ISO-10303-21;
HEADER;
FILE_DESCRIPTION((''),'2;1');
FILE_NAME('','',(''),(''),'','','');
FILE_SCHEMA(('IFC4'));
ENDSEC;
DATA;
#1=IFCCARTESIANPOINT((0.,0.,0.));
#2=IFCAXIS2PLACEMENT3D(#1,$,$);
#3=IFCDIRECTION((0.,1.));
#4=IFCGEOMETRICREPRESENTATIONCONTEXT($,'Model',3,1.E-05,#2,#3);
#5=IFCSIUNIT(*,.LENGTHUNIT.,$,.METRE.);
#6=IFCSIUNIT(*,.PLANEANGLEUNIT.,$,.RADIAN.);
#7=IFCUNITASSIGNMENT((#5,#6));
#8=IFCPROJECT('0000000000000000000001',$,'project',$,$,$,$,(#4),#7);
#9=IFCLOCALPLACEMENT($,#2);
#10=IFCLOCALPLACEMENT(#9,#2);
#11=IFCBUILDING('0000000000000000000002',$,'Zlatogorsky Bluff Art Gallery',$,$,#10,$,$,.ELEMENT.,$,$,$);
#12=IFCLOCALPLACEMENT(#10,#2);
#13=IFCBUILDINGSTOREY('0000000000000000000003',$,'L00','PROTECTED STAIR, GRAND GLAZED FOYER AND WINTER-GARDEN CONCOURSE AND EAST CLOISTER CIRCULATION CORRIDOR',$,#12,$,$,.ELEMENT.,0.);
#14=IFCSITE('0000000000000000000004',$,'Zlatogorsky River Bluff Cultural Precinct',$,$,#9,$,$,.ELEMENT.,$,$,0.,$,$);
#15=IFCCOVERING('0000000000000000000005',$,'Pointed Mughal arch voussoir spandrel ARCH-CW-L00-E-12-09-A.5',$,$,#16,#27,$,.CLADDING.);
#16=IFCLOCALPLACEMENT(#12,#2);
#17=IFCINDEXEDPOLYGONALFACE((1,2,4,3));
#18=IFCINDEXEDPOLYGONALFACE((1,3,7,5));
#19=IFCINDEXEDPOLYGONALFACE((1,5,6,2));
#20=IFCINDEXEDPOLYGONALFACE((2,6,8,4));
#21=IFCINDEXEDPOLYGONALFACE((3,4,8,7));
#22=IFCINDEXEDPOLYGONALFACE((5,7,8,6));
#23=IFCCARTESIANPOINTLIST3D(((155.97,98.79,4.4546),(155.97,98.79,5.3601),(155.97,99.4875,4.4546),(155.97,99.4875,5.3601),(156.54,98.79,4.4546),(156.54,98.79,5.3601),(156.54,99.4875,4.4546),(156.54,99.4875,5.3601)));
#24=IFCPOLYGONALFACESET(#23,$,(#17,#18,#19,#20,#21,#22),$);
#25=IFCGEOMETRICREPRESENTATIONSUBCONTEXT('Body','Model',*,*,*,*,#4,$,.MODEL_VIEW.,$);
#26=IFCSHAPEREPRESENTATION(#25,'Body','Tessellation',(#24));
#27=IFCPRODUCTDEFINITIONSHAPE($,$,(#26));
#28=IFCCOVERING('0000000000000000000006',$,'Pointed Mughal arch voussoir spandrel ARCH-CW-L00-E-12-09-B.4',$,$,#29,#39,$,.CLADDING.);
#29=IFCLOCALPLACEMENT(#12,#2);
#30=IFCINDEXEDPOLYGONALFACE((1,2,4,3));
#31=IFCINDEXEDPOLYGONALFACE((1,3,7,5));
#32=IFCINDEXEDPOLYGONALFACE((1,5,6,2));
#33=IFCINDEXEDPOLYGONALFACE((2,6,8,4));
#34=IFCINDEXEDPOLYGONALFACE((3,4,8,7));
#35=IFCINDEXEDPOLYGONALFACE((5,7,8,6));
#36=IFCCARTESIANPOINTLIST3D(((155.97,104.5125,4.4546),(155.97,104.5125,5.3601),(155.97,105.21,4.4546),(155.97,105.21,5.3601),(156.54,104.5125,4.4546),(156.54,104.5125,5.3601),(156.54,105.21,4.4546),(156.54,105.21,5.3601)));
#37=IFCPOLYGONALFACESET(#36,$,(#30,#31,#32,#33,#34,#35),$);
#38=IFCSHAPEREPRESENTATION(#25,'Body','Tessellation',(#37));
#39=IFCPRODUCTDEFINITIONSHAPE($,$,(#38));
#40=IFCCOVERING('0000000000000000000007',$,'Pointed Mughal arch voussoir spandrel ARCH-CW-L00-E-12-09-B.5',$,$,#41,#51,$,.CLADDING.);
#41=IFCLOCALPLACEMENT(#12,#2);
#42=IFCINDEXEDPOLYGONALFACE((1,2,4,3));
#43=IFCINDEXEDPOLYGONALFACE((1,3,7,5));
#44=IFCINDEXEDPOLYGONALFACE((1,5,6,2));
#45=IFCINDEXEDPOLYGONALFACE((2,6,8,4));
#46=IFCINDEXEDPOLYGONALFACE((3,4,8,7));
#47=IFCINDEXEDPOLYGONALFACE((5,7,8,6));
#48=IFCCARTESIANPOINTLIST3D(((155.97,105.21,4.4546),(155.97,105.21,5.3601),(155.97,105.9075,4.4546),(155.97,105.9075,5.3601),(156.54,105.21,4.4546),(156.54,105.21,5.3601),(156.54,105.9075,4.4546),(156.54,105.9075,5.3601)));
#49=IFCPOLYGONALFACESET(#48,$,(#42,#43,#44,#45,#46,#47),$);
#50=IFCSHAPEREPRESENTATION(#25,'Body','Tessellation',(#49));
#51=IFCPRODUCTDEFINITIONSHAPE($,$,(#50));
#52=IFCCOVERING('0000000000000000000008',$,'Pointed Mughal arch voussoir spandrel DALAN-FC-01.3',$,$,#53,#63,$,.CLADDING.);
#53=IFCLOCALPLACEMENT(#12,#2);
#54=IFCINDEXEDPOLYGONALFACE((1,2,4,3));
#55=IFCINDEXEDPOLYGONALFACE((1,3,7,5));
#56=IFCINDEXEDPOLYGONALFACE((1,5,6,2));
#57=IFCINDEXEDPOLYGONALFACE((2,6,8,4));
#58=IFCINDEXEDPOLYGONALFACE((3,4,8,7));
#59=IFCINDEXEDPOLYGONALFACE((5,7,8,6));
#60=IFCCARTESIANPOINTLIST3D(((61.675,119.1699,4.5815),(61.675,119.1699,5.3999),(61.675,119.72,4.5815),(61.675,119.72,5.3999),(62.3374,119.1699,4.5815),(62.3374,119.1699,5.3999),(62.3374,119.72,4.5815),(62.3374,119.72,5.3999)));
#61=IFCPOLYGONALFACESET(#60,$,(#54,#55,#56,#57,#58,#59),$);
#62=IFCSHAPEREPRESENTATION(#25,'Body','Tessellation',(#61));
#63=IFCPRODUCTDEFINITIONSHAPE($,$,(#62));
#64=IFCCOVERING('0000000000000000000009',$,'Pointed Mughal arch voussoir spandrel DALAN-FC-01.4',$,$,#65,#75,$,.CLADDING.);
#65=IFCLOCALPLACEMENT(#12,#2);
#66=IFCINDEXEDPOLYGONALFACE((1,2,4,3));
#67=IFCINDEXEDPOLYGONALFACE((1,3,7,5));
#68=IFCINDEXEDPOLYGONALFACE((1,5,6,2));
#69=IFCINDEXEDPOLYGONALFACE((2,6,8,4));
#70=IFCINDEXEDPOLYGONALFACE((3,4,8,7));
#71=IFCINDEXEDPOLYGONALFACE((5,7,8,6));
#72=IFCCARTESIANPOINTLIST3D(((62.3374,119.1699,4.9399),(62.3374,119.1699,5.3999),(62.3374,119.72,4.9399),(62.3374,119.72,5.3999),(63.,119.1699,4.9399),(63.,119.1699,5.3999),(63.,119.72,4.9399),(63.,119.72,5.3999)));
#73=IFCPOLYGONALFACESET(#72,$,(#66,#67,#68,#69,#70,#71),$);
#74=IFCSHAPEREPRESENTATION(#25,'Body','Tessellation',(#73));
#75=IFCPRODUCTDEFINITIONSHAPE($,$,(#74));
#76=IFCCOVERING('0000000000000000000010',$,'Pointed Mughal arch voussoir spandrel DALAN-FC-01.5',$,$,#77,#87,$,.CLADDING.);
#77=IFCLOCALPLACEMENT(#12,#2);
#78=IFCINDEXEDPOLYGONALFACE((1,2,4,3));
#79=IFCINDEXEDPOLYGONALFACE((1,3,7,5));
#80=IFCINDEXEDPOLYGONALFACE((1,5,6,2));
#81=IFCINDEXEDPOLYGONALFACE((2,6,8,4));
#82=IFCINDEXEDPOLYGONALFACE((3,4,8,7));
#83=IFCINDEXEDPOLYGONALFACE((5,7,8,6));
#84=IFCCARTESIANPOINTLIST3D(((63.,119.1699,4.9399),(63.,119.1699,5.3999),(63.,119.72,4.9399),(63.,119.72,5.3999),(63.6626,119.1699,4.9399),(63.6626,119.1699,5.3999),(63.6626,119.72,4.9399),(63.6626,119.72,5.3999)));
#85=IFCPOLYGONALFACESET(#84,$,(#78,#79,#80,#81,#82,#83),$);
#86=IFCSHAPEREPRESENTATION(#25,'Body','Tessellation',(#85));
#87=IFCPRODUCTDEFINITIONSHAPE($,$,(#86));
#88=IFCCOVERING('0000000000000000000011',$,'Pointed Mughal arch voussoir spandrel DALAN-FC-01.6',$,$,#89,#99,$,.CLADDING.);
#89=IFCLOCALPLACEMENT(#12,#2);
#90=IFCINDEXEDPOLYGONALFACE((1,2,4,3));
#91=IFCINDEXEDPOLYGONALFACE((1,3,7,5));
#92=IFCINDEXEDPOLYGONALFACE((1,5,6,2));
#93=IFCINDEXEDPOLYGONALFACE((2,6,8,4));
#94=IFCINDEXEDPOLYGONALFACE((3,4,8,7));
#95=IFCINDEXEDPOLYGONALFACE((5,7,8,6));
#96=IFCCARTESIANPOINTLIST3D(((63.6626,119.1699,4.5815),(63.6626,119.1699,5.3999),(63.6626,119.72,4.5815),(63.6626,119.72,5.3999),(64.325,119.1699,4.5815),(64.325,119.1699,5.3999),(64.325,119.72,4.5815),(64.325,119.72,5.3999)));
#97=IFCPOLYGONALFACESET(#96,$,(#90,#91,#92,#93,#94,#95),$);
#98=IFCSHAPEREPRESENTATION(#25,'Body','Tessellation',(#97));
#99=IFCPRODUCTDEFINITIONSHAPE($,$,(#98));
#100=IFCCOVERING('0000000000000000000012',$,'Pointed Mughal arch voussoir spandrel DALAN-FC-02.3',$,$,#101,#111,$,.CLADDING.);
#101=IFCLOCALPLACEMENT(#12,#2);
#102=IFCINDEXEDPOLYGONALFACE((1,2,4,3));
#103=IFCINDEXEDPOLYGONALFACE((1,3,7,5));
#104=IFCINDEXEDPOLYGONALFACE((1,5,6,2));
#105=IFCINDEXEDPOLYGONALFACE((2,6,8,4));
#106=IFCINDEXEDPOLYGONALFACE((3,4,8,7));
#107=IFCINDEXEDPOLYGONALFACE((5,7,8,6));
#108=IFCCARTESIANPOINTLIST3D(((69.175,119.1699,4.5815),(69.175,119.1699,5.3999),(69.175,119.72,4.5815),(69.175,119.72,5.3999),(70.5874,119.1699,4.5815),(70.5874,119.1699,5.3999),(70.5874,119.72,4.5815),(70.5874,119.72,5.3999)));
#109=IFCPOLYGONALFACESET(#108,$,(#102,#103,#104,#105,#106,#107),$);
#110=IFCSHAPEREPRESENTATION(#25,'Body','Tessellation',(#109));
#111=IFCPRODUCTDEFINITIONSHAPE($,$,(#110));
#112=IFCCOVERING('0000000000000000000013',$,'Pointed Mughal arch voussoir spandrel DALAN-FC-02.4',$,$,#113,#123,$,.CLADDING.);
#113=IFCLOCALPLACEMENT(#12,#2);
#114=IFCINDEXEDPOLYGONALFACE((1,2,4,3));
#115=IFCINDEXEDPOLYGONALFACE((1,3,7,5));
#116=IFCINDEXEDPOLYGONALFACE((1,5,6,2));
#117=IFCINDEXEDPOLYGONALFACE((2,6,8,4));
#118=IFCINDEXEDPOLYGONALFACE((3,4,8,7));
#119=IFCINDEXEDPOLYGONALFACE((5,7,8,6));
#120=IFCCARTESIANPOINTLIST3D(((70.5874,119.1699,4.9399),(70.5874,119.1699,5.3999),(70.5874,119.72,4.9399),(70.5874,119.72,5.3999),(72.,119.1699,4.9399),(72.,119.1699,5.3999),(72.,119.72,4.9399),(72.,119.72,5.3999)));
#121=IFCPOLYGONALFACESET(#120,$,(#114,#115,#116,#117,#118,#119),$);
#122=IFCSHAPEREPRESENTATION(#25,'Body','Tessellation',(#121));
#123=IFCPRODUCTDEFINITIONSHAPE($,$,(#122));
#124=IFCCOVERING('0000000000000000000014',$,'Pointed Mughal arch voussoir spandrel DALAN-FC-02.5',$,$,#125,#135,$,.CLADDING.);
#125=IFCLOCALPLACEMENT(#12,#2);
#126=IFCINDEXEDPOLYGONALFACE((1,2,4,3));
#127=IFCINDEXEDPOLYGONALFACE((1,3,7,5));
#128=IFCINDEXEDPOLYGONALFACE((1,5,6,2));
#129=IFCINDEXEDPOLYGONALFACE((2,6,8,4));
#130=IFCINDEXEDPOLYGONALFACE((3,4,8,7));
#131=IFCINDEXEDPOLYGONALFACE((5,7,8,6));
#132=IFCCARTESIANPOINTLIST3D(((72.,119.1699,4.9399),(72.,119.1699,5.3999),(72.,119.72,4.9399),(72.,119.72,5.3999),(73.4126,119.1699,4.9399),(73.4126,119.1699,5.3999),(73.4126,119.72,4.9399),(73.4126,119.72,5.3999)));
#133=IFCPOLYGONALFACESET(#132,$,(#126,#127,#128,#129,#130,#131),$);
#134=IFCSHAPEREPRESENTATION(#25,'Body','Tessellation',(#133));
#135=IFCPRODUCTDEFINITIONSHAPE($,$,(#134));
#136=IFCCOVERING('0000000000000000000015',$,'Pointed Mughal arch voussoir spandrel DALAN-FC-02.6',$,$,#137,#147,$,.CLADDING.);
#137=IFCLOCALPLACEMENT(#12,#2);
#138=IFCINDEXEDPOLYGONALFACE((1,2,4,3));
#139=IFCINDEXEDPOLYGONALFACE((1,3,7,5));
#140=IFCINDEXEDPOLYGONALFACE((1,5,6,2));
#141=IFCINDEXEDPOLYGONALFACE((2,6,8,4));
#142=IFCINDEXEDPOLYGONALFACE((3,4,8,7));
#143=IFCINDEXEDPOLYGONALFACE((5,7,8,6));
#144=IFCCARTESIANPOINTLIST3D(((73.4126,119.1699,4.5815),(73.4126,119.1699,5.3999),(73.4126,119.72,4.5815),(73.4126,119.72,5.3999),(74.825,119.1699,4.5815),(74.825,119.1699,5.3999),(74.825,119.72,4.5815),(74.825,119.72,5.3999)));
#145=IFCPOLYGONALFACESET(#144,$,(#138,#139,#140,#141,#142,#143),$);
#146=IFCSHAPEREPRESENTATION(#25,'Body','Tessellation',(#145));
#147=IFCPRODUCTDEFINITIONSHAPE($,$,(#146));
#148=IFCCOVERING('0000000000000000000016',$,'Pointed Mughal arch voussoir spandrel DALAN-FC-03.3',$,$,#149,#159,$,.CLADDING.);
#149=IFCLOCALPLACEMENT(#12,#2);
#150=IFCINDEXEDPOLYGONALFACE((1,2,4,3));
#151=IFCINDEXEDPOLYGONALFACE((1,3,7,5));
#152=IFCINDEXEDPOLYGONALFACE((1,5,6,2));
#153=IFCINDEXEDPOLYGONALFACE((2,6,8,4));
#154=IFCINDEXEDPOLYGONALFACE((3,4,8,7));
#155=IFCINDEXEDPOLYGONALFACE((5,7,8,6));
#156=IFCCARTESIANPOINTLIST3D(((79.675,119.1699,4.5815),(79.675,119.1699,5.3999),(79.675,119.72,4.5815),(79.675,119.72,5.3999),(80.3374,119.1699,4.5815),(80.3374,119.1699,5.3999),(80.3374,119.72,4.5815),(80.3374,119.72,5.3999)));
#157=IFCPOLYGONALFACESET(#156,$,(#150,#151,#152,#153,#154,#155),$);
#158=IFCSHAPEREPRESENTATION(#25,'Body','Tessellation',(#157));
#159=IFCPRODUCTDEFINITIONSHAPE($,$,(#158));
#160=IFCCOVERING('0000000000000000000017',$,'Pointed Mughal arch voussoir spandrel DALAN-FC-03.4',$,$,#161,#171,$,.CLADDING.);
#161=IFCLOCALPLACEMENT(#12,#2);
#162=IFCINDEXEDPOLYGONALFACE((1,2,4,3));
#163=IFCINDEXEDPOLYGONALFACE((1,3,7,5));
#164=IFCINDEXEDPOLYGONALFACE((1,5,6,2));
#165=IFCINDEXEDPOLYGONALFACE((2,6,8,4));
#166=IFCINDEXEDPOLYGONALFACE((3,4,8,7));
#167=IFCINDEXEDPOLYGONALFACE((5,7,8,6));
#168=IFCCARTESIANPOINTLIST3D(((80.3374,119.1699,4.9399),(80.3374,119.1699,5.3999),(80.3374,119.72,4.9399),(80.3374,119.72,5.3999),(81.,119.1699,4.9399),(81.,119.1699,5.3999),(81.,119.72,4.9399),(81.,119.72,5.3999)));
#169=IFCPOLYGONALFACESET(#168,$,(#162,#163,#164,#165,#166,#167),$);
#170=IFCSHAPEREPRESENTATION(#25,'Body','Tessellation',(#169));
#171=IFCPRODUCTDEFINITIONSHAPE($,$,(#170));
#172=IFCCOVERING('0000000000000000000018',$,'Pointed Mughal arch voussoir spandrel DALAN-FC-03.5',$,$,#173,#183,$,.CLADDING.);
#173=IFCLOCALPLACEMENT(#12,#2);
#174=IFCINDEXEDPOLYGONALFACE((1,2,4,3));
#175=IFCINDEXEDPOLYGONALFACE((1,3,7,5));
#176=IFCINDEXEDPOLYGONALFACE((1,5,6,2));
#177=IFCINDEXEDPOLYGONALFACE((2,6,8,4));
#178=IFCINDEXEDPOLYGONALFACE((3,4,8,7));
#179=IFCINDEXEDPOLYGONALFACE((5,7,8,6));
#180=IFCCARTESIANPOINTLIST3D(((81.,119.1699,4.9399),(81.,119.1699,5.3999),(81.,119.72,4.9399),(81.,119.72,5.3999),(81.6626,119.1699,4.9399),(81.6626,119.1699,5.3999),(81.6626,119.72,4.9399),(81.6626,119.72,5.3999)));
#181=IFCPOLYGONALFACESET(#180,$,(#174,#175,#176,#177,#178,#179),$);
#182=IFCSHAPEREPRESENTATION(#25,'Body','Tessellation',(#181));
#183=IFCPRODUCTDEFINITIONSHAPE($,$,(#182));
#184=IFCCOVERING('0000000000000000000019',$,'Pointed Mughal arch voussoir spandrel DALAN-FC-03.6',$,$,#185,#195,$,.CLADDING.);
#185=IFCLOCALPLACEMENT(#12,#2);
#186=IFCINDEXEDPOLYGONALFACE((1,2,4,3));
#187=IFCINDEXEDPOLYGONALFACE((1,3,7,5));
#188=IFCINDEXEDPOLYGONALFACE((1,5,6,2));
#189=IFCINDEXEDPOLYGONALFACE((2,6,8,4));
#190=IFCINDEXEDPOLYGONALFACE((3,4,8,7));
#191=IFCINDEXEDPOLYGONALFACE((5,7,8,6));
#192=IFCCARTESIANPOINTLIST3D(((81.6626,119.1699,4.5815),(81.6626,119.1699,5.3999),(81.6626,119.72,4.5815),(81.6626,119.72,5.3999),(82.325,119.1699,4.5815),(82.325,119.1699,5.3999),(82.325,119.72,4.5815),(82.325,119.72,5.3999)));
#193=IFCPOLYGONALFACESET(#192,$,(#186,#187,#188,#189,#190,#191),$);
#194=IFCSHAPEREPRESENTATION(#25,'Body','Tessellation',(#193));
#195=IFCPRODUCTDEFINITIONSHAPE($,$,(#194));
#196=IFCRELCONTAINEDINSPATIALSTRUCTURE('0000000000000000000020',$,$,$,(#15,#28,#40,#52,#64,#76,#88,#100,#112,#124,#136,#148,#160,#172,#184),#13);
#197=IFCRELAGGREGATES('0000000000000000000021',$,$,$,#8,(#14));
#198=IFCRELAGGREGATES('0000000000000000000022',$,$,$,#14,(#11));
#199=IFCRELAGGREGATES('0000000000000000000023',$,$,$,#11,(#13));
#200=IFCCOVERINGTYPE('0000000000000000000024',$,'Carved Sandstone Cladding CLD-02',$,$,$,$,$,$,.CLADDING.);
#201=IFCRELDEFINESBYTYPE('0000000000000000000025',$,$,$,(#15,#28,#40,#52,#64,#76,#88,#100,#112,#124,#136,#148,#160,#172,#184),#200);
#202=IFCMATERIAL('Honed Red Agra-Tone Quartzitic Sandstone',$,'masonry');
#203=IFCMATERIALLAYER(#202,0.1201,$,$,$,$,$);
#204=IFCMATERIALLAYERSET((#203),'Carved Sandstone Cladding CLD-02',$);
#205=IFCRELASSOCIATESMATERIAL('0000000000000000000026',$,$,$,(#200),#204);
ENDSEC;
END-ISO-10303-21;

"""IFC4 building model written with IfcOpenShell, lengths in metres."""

from ifc_helpers import new_model, si_unit, direction, frame, origin, place, context, subcontext, project, spatial, polyline, outline, extrude, material, layer, layer_set, type_object, element, save


model = new_model("IFC4")

# Units and contexts
model_context = context("Model", 3, precision=1e-05, world=origin(), true_north=direction((0.0, 1.0)))
body_context = subcontext(model_context, "Body", "Model", "MODEL_VIEW")
ifc_project = project(units=[si_unit("LENGTHUNIT", "METRE"), si_unit("PLANEANGLEUNIT", "RADIAN")], contexts=[model_context])

# Site, building, storey
site_placement = place(None, origin())
site = spatial("IfcSite", under=ifc_project, at=site_placement, Name="Zlatogorsky River Bluff Cultural Precinct", CompositionType="ELEMENT", RefElevation=0.0)
building_placement = place(site_placement, origin())
building = spatial("IfcBuilding", under=site, at=building_placement, Name="Zlatogorsky Bluff Art Gallery", CompositionType="ELEMENT")
storey_placement = place(building_placement, origin())
storey = spatial("IfcBuildingStorey", under=building, at=storey_placement, Name="L00", Description="PROTECTED STAIR, GRAND GLAZED FOYER AND WINTER-GARDEN CONCOURSE AND EAST CLOISTER CIRCULATION CORRIDOR", CompositionType="ELEMENT", Elevation=0.0)

# Coverings
ifc_material = material(Name="Honed Red Agra-Tone Quartzitic Sandstone", Category="masonry")
ifc_layer = layer(ifc_material, 0.1201)
ifc_layer_set = layer_set([ifc_layer], Name="Carved Sandstone Cladding CLD-02")
covering_type = type_object("IfcCoveringType", Name="Carved Sandstone Cladding CLD-02", PredefinedType="CLADDING", material=ifc_layer_set)
covering_1_placement = place(storey_placement, frame((0.0, 0.0, 4.4546)))
element("IfcCovering", 1, at=covering_1_placement, inside=storey, type_object=covering_type, Name="Pointed Mughal arch voussoir spandrel ARCH-CW-L00-E-12-09-A.5", PredefinedType="CLADDING", context=body_context, shape_type="SweptSolid", body=[
    extrude(outline(polyline([(155.97, 98.79), (155.97, 99.4875), (156.54, 99.4875), (156.54, 98.79), (155.97, 98.79)])), origin(), (0.0, 0.0, 1.0), 0.9055),
])
covering_2_placement = place(storey_placement, frame((0.0, 0.0, 4.4546)))
element("IfcCovering", 2, at=covering_2_placement, inside=storey, type_object=covering_type, Name="Pointed Mughal arch voussoir spandrel ARCH-CW-L00-E-12-09-B.4", PredefinedType="CLADDING", context=body_context, shape_type="SweptSolid", body=[
    extrude(outline(polyline([(155.97, 104.5125), (155.97, 105.21), (156.54, 105.21), (156.54, 104.5125), (155.97, 104.5125)])), origin(), (0.0, 0.0, 1.0), 0.9055),
])
covering_3_placement = place(storey_placement, frame((0.0, 0.0, 4.4546)))
element("IfcCovering", 3, at=covering_3_placement, inside=storey, type_object=covering_type, Name="Pointed Mughal arch voussoir spandrel ARCH-CW-L00-E-12-09-B.5", PredefinedType="CLADDING", context=body_context, shape_type="SweptSolid", body=[
    extrude(outline(polyline([(155.97, 105.21), (155.97, 105.9075), (156.54, 105.9075), (156.54, 105.21), (155.97, 105.21)])), origin(), (0.0, 0.0, 1.0), 0.9055),
])
covering_4_placement = place(storey_placement, frame((0.0, 0.0, 4.5815)))
element("IfcCovering", 4, at=covering_4_placement, inside=storey, type_object=covering_type, Name="Pointed Mughal arch voussoir spandrel DALAN-FC-01.3", PredefinedType="CLADDING", context=body_context, shape_type="SweptSolid", body=[
    extrude(outline(polyline([(61.675, 119.1699), (62.3374, 119.1699), (62.3374, 119.72), (61.675, 119.72), (61.675, 119.1699)])), origin(), (0.0, 0.0, 1.0), 0.8184),
])
covering_5_placement = place(storey_placement, frame((0.0, 0.0, 4.9399)))
element("IfcCovering", 5, at=covering_5_placement, inside=storey, type_object=covering_type, Name="Pointed Mughal arch voussoir spandrel DALAN-FC-01.4", PredefinedType="CLADDING", context=body_context, shape_type="SweptSolid", body=[
    extrude(outline(polyline([(62.3374, 119.1699), (63.0, 119.1699), (63.0, 119.72), (62.3374, 119.72), (62.3374, 119.1699)])), origin(), (0.0, 0.0, 1.0), 0.46),
])
covering_6_placement = place(storey_placement, frame((0.0, 0.0, 4.9399)))
element("IfcCovering", 6, at=covering_6_placement, inside=storey, type_object=covering_type, Name="Pointed Mughal arch voussoir spandrel DALAN-FC-01.5", PredefinedType="CLADDING", context=body_context, shape_type="SweptSolid", body=[
    extrude(outline(polyline([(63.0, 119.1699), (63.6626, 119.1699), (63.6626, 119.72), (63.0, 119.72), (63.0, 119.1699)])), origin(), (0.0, 0.0, 1.0), 0.46),
])
covering_7_placement = place(storey_placement, frame((0.0, 0.0, 4.5815)))
element("IfcCovering", 7, at=covering_7_placement, inside=storey, type_object=covering_type, Name="Pointed Mughal arch voussoir spandrel DALAN-FC-01.6", PredefinedType="CLADDING", context=body_context, shape_type="SweptSolid", body=[
    extrude(outline(polyline([(63.6626, 119.1699), (64.325, 119.1699), (64.325, 119.72), (63.6626, 119.72), (63.6626, 119.1699)])), origin(), (0.0, 0.0, 1.0), 0.8184),
])
covering_8_placement = place(storey_placement, frame((0.0, 0.0, 4.5815)))
element("IfcCovering", 8, at=covering_8_placement, inside=storey, type_object=covering_type, Name="Pointed Mughal arch voussoir spandrel DALAN-FC-02.3", PredefinedType="CLADDING", context=body_context, shape_type="SweptSolid", body=[
    extrude(outline(polyline([(69.175, 119.1699), (70.5874, 119.1699), (70.5874, 119.72), (69.175, 119.72), (69.175, 119.1699)])), origin(), (0.0, 0.0, 1.0), 0.8184),
])
covering_9_placement = place(storey_placement, frame((0.0, 0.0, 4.9399)))
element("IfcCovering", 9, at=covering_9_placement, inside=storey, type_object=covering_type, Name="Pointed Mughal arch voussoir spandrel DALAN-FC-02.4", PredefinedType="CLADDING", context=body_context, shape_type="SweptSolid", body=[
    extrude(outline(polyline([(70.5874, 119.1699), (72.0, 119.1699), (72.0, 119.72), (70.5874, 119.72), (70.5874, 119.1699)])), origin(), (0.0, 0.0, 1.0), 0.46),
])
covering_10_placement = place(storey_placement, frame((0.0, 0.0, 4.9399)))
element("IfcCovering", 10, at=covering_10_placement, inside=storey, type_object=covering_type, Name="Pointed Mughal arch voussoir spandrel DALAN-FC-02.5", PredefinedType="CLADDING", context=body_context, shape_type="SweptSolid", body=[
    extrude(outline(polyline([(72.0, 119.1699), (73.4126, 119.1699), (73.4126, 119.72), (72.0, 119.72), (72.0, 119.1699)])), origin(), (0.0, 0.0, 1.0), 0.46),
])
covering_11_placement = place(storey_placement, frame((0.0, 0.0, 4.5815)))
element("IfcCovering", 11, at=covering_11_placement, inside=storey, type_object=covering_type, Name="Pointed Mughal arch voussoir spandrel DALAN-FC-02.6", PredefinedType="CLADDING", context=body_context, shape_type="SweptSolid", body=[
    extrude(outline(polyline([(73.4126, 119.1699), (74.825, 119.1699), (74.825, 119.72), (73.4126, 119.72), (73.4126, 119.1699)])), origin(), (0.0, 0.0, 1.0), 0.8184),
])
covering_12_placement = place(storey_placement, frame((0.0, 0.0, 4.5815)))
element("IfcCovering", 12, at=covering_12_placement, inside=storey, type_object=covering_type, Name="Pointed Mughal arch voussoir spandrel DALAN-FC-03.3", PredefinedType="CLADDING", context=body_context, shape_type="SweptSolid", body=[
    extrude(outline(polyline([(79.675, 119.1699), (80.3374, 119.1699), (80.3374, 119.72), (79.675, 119.72), (79.675, 119.1699)])), origin(), (0.0, 0.0, 1.0), 0.8184),
])
covering_13_placement = place(storey_placement, frame((0.0, 0.0, 4.9399)))
element("IfcCovering", 13, at=covering_13_placement, inside=storey, type_object=covering_type, Name="Pointed Mughal arch voussoir spandrel DALAN-FC-03.4", PredefinedType="CLADDING", context=body_context, shape_type="SweptSolid", body=[
    extrude(outline(polyline([(80.3374, 119.1699), (81.0, 119.1699), (81.0, 119.72), (80.3374, 119.72), (80.3374, 119.1699)])), origin(), (0.0, 0.0, 1.0), 0.46),
])
covering_14_placement = place(storey_placement, frame((0.0, 0.0, 4.9399)))
element("IfcCovering", 14, at=covering_14_placement, inside=storey, type_object=covering_type, Name="Pointed Mughal arch voussoir spandrel DALAN-FC-03.5", PredefinedType="CLADDING", context=body_context, shape_type="SweptSolid", body=[
    extrude(outline(polyline([(81.0, 119.1699), (81.6626, 119.1699), (81.6626, 119.72), (81.0, 119.72), (81.0, 119.1699)])), origin(), (0.0, 0.0, 1.0), 0.46),
])
covering_15_placement = place(storey_placement, frame((0.0, 0.0, 4.5815)))
element("IfcCovering", 15, at=covering_15_placement, inside=storey, type_object=covering_type, Name="Pointed Mughal arch voussoir spandrel DALAN-FC-03.6", PredefinedType="CLADDING", context=body_context, shape_type="SweptSolid", body=[
    extrude(outline(polyline([(81.6626, 119.1699), (82.325, 119.1699), (82.325, 119.72), (81.6626, 119.72), (81.6626, 119.1699)])), origin(), (0.0, 0.0, 1.0), 0.8184),
])

save(model, "model.ifc")
